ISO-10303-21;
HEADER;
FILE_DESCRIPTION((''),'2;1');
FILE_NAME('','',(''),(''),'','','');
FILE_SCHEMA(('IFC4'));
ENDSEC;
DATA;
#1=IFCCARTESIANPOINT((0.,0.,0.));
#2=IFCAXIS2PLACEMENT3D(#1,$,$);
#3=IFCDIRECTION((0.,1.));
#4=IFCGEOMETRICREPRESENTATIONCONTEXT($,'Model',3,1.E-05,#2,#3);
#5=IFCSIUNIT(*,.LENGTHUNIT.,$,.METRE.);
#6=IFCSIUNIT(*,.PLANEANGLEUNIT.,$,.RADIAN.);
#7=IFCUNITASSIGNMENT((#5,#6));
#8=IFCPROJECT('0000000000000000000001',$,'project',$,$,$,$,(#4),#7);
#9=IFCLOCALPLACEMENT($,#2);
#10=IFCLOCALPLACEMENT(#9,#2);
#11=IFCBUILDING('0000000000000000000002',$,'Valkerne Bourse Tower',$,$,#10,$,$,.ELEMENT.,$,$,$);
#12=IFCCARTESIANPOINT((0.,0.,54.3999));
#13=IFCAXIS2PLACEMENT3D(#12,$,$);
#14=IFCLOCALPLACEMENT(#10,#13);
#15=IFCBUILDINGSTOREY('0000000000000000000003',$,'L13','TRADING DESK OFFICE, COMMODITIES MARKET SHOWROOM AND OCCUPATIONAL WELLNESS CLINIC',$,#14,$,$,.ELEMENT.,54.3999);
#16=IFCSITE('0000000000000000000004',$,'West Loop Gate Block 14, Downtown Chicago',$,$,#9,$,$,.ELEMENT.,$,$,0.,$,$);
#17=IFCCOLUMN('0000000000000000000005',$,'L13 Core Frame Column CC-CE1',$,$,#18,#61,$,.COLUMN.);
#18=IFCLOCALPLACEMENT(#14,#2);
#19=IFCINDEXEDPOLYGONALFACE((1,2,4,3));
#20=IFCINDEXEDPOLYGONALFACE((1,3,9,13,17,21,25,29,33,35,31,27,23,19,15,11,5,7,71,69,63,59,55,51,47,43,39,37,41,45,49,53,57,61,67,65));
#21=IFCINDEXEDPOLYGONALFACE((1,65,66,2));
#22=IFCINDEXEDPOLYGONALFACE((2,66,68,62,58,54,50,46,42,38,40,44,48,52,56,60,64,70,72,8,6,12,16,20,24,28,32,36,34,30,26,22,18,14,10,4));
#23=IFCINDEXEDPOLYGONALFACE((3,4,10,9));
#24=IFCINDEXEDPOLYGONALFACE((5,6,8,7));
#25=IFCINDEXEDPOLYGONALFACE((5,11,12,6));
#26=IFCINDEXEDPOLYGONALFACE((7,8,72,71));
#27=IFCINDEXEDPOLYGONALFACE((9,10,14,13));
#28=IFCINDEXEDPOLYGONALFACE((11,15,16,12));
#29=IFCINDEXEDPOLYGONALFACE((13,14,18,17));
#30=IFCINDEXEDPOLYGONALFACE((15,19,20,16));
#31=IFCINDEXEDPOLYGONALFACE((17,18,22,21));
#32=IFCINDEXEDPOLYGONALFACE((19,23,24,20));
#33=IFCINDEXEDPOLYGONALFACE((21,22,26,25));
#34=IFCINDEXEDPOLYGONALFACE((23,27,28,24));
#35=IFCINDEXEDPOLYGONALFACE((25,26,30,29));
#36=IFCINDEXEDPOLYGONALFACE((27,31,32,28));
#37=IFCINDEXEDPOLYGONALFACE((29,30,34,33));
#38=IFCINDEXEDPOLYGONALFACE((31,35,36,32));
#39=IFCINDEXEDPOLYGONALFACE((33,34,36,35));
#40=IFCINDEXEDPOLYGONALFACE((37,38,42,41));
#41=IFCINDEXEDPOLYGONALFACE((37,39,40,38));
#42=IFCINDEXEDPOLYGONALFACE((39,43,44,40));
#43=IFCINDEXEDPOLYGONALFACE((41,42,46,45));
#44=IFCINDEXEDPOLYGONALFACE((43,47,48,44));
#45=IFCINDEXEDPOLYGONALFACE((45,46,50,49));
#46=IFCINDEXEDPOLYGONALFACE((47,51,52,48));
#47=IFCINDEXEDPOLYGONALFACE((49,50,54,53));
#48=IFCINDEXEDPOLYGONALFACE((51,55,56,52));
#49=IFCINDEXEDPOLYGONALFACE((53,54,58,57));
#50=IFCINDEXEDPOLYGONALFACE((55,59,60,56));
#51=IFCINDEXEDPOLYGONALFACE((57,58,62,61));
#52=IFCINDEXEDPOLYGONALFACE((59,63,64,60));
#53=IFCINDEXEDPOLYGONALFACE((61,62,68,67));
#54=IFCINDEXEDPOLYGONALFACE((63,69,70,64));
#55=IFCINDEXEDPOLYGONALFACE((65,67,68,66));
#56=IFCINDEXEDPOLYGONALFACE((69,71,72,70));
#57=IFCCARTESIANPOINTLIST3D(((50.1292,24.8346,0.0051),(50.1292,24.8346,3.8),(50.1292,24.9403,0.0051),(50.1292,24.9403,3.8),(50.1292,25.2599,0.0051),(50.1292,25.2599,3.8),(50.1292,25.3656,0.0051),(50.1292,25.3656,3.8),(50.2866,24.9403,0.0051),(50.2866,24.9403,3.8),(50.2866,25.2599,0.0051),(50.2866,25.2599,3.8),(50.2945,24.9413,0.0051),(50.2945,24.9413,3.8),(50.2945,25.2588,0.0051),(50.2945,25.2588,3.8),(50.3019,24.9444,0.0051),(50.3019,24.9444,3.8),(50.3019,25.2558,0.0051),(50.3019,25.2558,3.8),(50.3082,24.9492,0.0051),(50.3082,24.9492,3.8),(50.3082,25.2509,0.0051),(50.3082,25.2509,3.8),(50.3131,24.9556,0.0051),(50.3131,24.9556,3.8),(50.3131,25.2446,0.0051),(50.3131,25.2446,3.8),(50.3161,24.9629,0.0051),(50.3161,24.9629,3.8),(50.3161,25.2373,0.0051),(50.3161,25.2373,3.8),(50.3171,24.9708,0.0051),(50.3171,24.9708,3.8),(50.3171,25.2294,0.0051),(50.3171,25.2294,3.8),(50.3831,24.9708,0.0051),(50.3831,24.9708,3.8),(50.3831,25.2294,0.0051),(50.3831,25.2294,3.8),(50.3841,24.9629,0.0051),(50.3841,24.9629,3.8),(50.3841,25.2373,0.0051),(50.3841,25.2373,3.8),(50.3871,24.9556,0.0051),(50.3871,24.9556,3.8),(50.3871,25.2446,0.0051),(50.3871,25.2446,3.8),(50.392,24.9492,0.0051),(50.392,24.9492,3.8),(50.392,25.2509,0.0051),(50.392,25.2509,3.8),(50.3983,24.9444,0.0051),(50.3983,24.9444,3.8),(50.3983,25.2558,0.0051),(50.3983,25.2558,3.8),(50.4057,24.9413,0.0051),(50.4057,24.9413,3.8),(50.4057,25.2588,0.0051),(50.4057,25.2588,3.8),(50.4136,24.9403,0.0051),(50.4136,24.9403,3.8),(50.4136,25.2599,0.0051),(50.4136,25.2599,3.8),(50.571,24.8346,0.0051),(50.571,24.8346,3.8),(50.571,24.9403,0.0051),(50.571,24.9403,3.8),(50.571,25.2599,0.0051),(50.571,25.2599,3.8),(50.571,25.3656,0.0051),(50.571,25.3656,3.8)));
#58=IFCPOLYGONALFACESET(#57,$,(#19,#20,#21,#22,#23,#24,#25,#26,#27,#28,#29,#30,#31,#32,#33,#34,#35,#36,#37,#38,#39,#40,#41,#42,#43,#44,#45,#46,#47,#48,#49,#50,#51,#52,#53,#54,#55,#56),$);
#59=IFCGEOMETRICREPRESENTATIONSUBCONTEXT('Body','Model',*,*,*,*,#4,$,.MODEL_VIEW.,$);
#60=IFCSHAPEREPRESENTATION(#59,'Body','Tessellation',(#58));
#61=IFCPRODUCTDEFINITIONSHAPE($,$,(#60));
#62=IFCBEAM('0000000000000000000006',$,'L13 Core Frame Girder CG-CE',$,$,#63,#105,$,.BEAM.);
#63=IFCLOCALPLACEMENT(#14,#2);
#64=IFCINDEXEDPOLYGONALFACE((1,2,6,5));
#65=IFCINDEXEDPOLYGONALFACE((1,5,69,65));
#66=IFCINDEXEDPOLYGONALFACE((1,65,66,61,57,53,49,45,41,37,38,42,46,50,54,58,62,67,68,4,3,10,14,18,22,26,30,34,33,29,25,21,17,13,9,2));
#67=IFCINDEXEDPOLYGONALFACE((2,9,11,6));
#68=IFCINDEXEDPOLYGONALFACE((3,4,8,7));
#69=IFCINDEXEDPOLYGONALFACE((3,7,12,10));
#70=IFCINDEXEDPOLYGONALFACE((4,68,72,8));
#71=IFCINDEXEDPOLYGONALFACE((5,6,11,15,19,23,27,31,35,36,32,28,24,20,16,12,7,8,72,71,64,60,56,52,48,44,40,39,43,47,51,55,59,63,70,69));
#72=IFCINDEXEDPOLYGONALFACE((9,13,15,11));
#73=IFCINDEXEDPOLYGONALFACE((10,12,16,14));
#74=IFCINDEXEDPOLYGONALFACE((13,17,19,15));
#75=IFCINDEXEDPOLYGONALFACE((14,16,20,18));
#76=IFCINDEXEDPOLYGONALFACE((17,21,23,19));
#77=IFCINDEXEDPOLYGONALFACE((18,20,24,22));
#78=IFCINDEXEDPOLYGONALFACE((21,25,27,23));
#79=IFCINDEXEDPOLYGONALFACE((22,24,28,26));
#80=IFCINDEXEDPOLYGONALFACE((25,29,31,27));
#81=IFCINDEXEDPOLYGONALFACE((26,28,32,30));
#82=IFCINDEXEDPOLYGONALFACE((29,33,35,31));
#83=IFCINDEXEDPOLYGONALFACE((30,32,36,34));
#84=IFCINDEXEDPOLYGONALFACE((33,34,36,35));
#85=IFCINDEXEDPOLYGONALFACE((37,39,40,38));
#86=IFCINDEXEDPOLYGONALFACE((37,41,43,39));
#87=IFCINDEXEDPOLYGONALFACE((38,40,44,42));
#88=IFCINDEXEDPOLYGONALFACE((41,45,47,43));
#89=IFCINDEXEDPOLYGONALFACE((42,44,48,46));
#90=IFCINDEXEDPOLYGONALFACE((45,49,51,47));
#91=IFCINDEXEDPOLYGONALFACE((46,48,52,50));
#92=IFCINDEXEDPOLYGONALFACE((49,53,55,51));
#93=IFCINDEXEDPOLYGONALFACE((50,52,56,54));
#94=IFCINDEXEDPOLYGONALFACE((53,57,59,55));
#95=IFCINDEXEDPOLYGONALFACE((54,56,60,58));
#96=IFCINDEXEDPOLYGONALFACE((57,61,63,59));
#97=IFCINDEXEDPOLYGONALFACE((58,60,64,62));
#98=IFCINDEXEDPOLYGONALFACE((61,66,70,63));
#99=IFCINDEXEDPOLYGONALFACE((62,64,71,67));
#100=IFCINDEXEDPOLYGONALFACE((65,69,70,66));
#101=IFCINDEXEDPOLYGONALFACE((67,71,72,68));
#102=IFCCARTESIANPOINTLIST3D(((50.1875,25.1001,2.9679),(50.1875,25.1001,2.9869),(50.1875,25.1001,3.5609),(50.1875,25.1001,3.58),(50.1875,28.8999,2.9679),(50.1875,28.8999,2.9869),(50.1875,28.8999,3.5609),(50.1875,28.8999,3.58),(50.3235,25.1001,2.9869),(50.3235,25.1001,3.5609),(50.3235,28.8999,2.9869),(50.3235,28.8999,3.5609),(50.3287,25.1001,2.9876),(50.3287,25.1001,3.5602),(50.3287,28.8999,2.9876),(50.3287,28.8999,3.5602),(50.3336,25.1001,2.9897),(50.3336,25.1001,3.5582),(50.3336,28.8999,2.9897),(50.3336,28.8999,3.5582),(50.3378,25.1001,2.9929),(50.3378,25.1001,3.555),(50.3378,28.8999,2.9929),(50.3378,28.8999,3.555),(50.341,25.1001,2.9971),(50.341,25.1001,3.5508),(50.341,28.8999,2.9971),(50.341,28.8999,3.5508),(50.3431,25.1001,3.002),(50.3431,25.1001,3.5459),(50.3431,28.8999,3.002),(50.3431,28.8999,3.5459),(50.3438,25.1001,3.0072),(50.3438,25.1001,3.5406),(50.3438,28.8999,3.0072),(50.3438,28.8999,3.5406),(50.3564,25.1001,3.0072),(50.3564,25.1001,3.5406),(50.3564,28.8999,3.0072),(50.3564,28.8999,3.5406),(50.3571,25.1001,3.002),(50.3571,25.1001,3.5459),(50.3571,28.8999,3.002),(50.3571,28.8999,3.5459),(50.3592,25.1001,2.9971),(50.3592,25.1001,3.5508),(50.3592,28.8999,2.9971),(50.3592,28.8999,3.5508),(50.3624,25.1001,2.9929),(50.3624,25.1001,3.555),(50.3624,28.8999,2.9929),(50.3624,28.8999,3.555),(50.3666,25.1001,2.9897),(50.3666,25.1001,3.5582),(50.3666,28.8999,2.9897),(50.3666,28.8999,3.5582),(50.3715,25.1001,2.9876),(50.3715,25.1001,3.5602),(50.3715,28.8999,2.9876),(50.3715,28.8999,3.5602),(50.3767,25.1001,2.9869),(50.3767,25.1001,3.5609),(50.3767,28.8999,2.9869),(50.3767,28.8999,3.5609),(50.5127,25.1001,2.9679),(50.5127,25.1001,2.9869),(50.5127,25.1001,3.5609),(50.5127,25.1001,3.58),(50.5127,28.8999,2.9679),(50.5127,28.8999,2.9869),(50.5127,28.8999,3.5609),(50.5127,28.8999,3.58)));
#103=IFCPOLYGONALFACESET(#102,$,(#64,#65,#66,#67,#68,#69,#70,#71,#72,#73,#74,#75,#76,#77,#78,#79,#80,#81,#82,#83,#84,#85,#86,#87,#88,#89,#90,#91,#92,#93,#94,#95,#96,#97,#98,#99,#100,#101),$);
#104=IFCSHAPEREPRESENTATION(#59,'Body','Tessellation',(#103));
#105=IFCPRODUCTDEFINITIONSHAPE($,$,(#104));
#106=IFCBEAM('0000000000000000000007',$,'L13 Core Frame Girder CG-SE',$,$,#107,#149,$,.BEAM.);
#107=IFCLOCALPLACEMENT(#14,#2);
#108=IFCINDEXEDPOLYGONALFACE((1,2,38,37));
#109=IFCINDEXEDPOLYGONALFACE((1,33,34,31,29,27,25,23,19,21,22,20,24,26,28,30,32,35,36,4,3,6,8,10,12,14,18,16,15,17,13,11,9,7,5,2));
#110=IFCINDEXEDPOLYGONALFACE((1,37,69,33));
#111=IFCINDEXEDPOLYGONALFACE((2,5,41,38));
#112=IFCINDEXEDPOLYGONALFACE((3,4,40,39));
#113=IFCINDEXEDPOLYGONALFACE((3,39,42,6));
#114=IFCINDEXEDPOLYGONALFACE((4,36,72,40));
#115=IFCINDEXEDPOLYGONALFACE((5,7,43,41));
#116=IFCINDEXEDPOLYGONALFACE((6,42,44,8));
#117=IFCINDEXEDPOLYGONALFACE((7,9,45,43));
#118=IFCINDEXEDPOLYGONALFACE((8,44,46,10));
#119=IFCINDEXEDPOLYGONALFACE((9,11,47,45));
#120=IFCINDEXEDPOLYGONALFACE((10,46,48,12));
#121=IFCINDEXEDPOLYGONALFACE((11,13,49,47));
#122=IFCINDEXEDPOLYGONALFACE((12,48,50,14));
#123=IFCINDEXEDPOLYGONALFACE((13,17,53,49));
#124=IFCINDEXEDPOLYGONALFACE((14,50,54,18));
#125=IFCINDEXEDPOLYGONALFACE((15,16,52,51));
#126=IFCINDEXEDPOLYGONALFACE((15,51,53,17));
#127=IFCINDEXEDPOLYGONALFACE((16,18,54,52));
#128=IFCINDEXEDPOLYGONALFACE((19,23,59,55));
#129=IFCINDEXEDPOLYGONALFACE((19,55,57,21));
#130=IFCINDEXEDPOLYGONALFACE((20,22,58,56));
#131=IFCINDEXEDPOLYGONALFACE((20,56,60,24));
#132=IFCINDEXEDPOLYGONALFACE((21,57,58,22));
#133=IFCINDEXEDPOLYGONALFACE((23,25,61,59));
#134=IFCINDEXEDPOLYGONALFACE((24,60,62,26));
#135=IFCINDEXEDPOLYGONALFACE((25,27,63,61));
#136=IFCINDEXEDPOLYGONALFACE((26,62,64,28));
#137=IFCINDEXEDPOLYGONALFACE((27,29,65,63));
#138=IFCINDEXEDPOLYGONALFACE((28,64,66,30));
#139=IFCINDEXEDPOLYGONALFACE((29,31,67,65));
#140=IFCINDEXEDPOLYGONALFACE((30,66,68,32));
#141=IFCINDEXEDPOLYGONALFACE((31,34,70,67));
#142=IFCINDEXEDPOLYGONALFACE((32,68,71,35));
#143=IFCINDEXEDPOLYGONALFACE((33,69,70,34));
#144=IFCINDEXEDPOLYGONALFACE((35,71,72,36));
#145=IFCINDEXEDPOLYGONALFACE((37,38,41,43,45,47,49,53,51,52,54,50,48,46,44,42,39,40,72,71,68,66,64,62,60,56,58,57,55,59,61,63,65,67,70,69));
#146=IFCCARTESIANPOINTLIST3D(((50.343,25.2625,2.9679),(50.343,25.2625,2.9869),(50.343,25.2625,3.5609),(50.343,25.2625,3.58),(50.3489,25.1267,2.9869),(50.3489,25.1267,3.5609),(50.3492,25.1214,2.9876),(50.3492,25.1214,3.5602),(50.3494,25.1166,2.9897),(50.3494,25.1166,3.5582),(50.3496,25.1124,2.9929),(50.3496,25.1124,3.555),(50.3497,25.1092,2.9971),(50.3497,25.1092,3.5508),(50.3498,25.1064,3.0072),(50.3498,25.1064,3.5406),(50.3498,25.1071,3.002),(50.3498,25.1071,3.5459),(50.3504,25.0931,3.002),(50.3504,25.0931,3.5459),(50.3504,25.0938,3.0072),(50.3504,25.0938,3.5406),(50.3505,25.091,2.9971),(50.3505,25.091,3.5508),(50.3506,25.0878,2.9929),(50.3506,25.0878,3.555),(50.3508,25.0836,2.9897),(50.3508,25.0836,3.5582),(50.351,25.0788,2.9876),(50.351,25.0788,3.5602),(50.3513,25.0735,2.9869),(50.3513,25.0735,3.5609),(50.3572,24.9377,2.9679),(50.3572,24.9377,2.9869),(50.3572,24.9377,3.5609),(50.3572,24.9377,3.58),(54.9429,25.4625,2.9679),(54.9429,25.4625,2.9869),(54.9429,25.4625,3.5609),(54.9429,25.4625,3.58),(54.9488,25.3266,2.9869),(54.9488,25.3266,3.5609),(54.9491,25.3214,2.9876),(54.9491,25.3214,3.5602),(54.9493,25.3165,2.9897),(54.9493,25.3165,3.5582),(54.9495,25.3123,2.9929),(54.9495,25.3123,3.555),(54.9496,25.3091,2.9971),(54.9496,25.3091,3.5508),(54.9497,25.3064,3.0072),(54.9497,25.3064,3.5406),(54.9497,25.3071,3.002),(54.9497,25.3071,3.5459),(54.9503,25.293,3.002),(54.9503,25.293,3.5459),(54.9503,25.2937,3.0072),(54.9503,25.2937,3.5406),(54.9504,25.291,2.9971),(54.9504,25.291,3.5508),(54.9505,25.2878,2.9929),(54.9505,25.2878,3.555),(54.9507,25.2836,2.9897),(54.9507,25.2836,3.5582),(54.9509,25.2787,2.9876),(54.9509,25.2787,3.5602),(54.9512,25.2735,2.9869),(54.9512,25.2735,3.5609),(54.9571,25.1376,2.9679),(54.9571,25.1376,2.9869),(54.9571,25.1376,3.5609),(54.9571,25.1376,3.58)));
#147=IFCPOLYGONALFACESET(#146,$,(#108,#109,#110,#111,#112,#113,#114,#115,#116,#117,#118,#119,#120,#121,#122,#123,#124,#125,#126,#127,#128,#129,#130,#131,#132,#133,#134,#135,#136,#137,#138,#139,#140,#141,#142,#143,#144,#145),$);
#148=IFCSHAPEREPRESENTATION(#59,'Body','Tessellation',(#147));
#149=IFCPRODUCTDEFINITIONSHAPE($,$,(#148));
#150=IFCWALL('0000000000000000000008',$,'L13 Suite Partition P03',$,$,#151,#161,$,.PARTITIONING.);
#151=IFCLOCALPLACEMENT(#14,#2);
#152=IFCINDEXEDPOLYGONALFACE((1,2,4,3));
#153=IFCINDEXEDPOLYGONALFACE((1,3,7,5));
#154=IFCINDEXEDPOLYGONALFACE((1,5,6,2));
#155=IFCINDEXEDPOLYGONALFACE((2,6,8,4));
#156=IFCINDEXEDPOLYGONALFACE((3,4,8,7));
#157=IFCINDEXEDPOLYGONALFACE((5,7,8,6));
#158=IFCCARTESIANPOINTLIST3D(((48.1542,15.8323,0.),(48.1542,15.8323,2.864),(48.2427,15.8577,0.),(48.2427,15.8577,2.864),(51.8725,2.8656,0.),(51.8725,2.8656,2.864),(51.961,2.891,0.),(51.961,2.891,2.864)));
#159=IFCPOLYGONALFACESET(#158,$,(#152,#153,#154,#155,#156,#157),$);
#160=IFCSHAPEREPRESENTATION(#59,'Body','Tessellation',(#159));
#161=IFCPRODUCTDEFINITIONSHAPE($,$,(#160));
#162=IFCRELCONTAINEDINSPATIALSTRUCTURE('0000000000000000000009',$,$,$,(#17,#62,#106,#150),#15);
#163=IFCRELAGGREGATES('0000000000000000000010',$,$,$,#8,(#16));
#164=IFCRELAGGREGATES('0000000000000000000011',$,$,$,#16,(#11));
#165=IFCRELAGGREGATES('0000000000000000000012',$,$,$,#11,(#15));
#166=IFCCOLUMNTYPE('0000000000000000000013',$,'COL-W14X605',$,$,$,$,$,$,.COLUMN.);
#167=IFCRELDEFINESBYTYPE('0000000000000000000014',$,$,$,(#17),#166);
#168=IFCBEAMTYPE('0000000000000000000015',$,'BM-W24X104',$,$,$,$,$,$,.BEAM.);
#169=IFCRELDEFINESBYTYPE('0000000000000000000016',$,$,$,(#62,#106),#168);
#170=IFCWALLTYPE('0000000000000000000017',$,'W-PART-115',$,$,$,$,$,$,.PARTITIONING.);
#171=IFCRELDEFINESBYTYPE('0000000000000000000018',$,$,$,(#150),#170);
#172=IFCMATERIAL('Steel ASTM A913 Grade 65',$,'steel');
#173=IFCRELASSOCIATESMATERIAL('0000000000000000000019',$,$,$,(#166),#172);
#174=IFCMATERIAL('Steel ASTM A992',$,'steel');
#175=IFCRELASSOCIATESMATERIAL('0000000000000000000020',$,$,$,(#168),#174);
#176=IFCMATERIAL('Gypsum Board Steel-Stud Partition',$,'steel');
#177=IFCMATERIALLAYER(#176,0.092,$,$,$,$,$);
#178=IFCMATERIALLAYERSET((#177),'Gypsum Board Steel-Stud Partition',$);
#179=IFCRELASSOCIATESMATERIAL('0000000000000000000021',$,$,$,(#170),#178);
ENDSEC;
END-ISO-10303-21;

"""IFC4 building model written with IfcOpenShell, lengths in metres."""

from ifc_helpers import new_model, si_unit, direction, frame, frame_2d, origin, origin_2d, place, context, subcontext, project, spatial, rectangle, i_section, extrude, material, layer, layer_set, material_profile, profile_set, type_object, element, save


model = new_model("IFC4")

# Units and contexts
model_context = context("Model", 3, precision=1e-05, world=origin(), true_north=direction((0.0, 1.0)))
body_context = subcontext(model_context, "Body", "Model", "MODEL_VIEW")
ifc_project = project(units=[si_unit("LENGTHUNIT", "METRE"), si_unit("PLANEANGLEUNIT", "RADIAN")], contexts=[model_context])

# Site, building, storey
site_placement = place(None, origin())
site = spatial("IfcSite", under=ifc_project, at=site_placement, Name="West Loop Gate Block 14, Downtown Chicago", CompositionType="ELEMENT", RefElevation=0.0)
building_placement = place(site_placement, origin())
building = spatial("IfcBuilding", under=site, at=building_placement, Name="Valkerne Bourse Tower", CompositionType="ELEMENT")
storey_placement = place(building_placement, frame((0.0, 0.0, 54.3999)))
storey = spatial("IfcBuildingStorey", under=building, at=storey_placement, Name="L13", Description="TRADING DESK OFFICE, COMMODITIES MARKET SHOWROOM AND OCCUPATIONAL WELLNESS CLINIC", CompositionType="ELEMENT", Elevation=54.3999)

# Column
ifc_material_1 = material(Name="Steel ASTM A913 Grade 65", Category="steel")
ifc_material_profile_1 = material_profile(ifc_material_1, i_section(OverallWidth=0.4419, OverallDepth=0.531, WebThickness=0.0659, FlangeThickness=0.1057, FilletRadius=0.0305, at=origin_2d()), Name="W14X605")
ifc_profile_set_1 = profile_set([ifc_material_profile_1], Name="Steel ASTM A913 Grade 65")
column_type = type_object("IfcColumnType", Name="COL-W14X605", PredefinedType="COLUMN", material=ifc_profile_set_1)
column_placement = place(storey_placement, frame((50.3501, 25.1001, 0.0051), z_axis=(0.0, 0.0, 1.0), x_axis=(1.0, 0.0, 0.0)))
element("IfcColumn", 1, at=column_placement, inside=storey, type_object=column_type, Name="L13 Core Frame Column CC-CE1", PredefinedType="COLUMN", context=body_context, shape_type="SweptSolid", body=[
    extrude(i_section(OverallWidth=0.4419, OverallDepth=0.531, WebThickness=0.0659, FlangeThickness=0.1057, FilletRadius=0.0305, at=origin_2d()), origin(), (0.0, 0.0, 1.0), 3.7949),
])

# Beams
ifc_material_2 = material(Name="Steel ASTM A992", Category="steel")
ifc_material_profile_2 = material_profile(ifc_material_2, i_section(OverallWidth=0.3252, OverallDepth=0.6121, WebThickness=0.0127, FlangeThickness=0.019, FilletRadius=0.0203, at=origin_2d()), Name="W24X104")
ifc_profile_set_2 = profile_set([ifc_material_profile_2], Name="Steel ASTM A992")
beam_type = type_object("IfcBeamType", Name="BM-W24X104", PredefinedType="BEAM", material=ifc_profile_set_2)
beam_1_placement = place(storey_placement, frame((50.3501, 25.1001, 3.2739), z_axis=(0.0, 1.0, 0.0), x_axis=(-1.0, 0.0, 0.0)))
element("IfcBeam", 2, at=beam_1_placement, inside=storey, type_object=beam_type, Name="L13 Core Frame Girder CG-CE", PredefinedType="BEAM", context=body_context, shape_type="SweptSolid", body=[
    extrude(i_section(OverallWidth=0.3252, OverallDepth=0.6121, WebThickness=0.0127, FlangeThickness=0.019, FilletRadius=0.0203, at=origin_2d()), origin(), (0.0, 0.0, 1.0), 3.7998),
])
beam_2_placement = place(storey_placement, frame((50.3501, 25.1001, 3.2739), z_axis=(0.999057, 0.043428, 0.0), x_axis=(-0.043428, 0.999057, 0.0)))
element("IfcBeam", 3, at=beam_2_placement, inside=storey, type_object=beam_type, Name="L13 Core Frame Girder CG-SE", PredefinedType="BEAM", context=body_context, shape_type="SweptSolid", body=[
    extrude(i_section(OverallWidth=0.3252, OverallDepth=0.6121, WebThickness=0.0127, FlangeThickness=0.019, FilletRadius=0.0203, at=origin_2d()), origin(), (0.0, 0.0, 1.0), 4.6042),
])

# Wall
ifc_material_3 = material(Name="Gypsum Board Steel-Stud Partition", Category="steel")
ifc_layer_1 = layer(ifc_material_3, 0.092)
ifc_layer_set_1 = layer_set([ifc_layer_1], Name="Gypsum Board Steel-Stud Partition")
wall_type_1 = type_object("IfcWallType", Name="W-PART-115", PredefinedType="PARTITIONING", material=ifc_layer_set_1)
wall_1_placement = place(storey_placement, frame((48.1985, 15.845, 0.0), z_axis=(0.0, 0.0, 1.0), x_axis=(0.275648, -0.961259, 0.0)))
element("IfcWall", 4, at=wall_1_placement, inside=storey, type_object=wall_type_1, Name="L13 Suite Partition P03", PredefinedType="PARTITIONING", context=body_context, shape_type="SweptSolid", body=[
    extrude(rectangle(XDim=13.4893, YDim=0.092, at=frame_2d((6.7446, 0.0))), origin(), (0.0, 0.0, 1.0), 2.864),
])

save(model, "model.ifc")
